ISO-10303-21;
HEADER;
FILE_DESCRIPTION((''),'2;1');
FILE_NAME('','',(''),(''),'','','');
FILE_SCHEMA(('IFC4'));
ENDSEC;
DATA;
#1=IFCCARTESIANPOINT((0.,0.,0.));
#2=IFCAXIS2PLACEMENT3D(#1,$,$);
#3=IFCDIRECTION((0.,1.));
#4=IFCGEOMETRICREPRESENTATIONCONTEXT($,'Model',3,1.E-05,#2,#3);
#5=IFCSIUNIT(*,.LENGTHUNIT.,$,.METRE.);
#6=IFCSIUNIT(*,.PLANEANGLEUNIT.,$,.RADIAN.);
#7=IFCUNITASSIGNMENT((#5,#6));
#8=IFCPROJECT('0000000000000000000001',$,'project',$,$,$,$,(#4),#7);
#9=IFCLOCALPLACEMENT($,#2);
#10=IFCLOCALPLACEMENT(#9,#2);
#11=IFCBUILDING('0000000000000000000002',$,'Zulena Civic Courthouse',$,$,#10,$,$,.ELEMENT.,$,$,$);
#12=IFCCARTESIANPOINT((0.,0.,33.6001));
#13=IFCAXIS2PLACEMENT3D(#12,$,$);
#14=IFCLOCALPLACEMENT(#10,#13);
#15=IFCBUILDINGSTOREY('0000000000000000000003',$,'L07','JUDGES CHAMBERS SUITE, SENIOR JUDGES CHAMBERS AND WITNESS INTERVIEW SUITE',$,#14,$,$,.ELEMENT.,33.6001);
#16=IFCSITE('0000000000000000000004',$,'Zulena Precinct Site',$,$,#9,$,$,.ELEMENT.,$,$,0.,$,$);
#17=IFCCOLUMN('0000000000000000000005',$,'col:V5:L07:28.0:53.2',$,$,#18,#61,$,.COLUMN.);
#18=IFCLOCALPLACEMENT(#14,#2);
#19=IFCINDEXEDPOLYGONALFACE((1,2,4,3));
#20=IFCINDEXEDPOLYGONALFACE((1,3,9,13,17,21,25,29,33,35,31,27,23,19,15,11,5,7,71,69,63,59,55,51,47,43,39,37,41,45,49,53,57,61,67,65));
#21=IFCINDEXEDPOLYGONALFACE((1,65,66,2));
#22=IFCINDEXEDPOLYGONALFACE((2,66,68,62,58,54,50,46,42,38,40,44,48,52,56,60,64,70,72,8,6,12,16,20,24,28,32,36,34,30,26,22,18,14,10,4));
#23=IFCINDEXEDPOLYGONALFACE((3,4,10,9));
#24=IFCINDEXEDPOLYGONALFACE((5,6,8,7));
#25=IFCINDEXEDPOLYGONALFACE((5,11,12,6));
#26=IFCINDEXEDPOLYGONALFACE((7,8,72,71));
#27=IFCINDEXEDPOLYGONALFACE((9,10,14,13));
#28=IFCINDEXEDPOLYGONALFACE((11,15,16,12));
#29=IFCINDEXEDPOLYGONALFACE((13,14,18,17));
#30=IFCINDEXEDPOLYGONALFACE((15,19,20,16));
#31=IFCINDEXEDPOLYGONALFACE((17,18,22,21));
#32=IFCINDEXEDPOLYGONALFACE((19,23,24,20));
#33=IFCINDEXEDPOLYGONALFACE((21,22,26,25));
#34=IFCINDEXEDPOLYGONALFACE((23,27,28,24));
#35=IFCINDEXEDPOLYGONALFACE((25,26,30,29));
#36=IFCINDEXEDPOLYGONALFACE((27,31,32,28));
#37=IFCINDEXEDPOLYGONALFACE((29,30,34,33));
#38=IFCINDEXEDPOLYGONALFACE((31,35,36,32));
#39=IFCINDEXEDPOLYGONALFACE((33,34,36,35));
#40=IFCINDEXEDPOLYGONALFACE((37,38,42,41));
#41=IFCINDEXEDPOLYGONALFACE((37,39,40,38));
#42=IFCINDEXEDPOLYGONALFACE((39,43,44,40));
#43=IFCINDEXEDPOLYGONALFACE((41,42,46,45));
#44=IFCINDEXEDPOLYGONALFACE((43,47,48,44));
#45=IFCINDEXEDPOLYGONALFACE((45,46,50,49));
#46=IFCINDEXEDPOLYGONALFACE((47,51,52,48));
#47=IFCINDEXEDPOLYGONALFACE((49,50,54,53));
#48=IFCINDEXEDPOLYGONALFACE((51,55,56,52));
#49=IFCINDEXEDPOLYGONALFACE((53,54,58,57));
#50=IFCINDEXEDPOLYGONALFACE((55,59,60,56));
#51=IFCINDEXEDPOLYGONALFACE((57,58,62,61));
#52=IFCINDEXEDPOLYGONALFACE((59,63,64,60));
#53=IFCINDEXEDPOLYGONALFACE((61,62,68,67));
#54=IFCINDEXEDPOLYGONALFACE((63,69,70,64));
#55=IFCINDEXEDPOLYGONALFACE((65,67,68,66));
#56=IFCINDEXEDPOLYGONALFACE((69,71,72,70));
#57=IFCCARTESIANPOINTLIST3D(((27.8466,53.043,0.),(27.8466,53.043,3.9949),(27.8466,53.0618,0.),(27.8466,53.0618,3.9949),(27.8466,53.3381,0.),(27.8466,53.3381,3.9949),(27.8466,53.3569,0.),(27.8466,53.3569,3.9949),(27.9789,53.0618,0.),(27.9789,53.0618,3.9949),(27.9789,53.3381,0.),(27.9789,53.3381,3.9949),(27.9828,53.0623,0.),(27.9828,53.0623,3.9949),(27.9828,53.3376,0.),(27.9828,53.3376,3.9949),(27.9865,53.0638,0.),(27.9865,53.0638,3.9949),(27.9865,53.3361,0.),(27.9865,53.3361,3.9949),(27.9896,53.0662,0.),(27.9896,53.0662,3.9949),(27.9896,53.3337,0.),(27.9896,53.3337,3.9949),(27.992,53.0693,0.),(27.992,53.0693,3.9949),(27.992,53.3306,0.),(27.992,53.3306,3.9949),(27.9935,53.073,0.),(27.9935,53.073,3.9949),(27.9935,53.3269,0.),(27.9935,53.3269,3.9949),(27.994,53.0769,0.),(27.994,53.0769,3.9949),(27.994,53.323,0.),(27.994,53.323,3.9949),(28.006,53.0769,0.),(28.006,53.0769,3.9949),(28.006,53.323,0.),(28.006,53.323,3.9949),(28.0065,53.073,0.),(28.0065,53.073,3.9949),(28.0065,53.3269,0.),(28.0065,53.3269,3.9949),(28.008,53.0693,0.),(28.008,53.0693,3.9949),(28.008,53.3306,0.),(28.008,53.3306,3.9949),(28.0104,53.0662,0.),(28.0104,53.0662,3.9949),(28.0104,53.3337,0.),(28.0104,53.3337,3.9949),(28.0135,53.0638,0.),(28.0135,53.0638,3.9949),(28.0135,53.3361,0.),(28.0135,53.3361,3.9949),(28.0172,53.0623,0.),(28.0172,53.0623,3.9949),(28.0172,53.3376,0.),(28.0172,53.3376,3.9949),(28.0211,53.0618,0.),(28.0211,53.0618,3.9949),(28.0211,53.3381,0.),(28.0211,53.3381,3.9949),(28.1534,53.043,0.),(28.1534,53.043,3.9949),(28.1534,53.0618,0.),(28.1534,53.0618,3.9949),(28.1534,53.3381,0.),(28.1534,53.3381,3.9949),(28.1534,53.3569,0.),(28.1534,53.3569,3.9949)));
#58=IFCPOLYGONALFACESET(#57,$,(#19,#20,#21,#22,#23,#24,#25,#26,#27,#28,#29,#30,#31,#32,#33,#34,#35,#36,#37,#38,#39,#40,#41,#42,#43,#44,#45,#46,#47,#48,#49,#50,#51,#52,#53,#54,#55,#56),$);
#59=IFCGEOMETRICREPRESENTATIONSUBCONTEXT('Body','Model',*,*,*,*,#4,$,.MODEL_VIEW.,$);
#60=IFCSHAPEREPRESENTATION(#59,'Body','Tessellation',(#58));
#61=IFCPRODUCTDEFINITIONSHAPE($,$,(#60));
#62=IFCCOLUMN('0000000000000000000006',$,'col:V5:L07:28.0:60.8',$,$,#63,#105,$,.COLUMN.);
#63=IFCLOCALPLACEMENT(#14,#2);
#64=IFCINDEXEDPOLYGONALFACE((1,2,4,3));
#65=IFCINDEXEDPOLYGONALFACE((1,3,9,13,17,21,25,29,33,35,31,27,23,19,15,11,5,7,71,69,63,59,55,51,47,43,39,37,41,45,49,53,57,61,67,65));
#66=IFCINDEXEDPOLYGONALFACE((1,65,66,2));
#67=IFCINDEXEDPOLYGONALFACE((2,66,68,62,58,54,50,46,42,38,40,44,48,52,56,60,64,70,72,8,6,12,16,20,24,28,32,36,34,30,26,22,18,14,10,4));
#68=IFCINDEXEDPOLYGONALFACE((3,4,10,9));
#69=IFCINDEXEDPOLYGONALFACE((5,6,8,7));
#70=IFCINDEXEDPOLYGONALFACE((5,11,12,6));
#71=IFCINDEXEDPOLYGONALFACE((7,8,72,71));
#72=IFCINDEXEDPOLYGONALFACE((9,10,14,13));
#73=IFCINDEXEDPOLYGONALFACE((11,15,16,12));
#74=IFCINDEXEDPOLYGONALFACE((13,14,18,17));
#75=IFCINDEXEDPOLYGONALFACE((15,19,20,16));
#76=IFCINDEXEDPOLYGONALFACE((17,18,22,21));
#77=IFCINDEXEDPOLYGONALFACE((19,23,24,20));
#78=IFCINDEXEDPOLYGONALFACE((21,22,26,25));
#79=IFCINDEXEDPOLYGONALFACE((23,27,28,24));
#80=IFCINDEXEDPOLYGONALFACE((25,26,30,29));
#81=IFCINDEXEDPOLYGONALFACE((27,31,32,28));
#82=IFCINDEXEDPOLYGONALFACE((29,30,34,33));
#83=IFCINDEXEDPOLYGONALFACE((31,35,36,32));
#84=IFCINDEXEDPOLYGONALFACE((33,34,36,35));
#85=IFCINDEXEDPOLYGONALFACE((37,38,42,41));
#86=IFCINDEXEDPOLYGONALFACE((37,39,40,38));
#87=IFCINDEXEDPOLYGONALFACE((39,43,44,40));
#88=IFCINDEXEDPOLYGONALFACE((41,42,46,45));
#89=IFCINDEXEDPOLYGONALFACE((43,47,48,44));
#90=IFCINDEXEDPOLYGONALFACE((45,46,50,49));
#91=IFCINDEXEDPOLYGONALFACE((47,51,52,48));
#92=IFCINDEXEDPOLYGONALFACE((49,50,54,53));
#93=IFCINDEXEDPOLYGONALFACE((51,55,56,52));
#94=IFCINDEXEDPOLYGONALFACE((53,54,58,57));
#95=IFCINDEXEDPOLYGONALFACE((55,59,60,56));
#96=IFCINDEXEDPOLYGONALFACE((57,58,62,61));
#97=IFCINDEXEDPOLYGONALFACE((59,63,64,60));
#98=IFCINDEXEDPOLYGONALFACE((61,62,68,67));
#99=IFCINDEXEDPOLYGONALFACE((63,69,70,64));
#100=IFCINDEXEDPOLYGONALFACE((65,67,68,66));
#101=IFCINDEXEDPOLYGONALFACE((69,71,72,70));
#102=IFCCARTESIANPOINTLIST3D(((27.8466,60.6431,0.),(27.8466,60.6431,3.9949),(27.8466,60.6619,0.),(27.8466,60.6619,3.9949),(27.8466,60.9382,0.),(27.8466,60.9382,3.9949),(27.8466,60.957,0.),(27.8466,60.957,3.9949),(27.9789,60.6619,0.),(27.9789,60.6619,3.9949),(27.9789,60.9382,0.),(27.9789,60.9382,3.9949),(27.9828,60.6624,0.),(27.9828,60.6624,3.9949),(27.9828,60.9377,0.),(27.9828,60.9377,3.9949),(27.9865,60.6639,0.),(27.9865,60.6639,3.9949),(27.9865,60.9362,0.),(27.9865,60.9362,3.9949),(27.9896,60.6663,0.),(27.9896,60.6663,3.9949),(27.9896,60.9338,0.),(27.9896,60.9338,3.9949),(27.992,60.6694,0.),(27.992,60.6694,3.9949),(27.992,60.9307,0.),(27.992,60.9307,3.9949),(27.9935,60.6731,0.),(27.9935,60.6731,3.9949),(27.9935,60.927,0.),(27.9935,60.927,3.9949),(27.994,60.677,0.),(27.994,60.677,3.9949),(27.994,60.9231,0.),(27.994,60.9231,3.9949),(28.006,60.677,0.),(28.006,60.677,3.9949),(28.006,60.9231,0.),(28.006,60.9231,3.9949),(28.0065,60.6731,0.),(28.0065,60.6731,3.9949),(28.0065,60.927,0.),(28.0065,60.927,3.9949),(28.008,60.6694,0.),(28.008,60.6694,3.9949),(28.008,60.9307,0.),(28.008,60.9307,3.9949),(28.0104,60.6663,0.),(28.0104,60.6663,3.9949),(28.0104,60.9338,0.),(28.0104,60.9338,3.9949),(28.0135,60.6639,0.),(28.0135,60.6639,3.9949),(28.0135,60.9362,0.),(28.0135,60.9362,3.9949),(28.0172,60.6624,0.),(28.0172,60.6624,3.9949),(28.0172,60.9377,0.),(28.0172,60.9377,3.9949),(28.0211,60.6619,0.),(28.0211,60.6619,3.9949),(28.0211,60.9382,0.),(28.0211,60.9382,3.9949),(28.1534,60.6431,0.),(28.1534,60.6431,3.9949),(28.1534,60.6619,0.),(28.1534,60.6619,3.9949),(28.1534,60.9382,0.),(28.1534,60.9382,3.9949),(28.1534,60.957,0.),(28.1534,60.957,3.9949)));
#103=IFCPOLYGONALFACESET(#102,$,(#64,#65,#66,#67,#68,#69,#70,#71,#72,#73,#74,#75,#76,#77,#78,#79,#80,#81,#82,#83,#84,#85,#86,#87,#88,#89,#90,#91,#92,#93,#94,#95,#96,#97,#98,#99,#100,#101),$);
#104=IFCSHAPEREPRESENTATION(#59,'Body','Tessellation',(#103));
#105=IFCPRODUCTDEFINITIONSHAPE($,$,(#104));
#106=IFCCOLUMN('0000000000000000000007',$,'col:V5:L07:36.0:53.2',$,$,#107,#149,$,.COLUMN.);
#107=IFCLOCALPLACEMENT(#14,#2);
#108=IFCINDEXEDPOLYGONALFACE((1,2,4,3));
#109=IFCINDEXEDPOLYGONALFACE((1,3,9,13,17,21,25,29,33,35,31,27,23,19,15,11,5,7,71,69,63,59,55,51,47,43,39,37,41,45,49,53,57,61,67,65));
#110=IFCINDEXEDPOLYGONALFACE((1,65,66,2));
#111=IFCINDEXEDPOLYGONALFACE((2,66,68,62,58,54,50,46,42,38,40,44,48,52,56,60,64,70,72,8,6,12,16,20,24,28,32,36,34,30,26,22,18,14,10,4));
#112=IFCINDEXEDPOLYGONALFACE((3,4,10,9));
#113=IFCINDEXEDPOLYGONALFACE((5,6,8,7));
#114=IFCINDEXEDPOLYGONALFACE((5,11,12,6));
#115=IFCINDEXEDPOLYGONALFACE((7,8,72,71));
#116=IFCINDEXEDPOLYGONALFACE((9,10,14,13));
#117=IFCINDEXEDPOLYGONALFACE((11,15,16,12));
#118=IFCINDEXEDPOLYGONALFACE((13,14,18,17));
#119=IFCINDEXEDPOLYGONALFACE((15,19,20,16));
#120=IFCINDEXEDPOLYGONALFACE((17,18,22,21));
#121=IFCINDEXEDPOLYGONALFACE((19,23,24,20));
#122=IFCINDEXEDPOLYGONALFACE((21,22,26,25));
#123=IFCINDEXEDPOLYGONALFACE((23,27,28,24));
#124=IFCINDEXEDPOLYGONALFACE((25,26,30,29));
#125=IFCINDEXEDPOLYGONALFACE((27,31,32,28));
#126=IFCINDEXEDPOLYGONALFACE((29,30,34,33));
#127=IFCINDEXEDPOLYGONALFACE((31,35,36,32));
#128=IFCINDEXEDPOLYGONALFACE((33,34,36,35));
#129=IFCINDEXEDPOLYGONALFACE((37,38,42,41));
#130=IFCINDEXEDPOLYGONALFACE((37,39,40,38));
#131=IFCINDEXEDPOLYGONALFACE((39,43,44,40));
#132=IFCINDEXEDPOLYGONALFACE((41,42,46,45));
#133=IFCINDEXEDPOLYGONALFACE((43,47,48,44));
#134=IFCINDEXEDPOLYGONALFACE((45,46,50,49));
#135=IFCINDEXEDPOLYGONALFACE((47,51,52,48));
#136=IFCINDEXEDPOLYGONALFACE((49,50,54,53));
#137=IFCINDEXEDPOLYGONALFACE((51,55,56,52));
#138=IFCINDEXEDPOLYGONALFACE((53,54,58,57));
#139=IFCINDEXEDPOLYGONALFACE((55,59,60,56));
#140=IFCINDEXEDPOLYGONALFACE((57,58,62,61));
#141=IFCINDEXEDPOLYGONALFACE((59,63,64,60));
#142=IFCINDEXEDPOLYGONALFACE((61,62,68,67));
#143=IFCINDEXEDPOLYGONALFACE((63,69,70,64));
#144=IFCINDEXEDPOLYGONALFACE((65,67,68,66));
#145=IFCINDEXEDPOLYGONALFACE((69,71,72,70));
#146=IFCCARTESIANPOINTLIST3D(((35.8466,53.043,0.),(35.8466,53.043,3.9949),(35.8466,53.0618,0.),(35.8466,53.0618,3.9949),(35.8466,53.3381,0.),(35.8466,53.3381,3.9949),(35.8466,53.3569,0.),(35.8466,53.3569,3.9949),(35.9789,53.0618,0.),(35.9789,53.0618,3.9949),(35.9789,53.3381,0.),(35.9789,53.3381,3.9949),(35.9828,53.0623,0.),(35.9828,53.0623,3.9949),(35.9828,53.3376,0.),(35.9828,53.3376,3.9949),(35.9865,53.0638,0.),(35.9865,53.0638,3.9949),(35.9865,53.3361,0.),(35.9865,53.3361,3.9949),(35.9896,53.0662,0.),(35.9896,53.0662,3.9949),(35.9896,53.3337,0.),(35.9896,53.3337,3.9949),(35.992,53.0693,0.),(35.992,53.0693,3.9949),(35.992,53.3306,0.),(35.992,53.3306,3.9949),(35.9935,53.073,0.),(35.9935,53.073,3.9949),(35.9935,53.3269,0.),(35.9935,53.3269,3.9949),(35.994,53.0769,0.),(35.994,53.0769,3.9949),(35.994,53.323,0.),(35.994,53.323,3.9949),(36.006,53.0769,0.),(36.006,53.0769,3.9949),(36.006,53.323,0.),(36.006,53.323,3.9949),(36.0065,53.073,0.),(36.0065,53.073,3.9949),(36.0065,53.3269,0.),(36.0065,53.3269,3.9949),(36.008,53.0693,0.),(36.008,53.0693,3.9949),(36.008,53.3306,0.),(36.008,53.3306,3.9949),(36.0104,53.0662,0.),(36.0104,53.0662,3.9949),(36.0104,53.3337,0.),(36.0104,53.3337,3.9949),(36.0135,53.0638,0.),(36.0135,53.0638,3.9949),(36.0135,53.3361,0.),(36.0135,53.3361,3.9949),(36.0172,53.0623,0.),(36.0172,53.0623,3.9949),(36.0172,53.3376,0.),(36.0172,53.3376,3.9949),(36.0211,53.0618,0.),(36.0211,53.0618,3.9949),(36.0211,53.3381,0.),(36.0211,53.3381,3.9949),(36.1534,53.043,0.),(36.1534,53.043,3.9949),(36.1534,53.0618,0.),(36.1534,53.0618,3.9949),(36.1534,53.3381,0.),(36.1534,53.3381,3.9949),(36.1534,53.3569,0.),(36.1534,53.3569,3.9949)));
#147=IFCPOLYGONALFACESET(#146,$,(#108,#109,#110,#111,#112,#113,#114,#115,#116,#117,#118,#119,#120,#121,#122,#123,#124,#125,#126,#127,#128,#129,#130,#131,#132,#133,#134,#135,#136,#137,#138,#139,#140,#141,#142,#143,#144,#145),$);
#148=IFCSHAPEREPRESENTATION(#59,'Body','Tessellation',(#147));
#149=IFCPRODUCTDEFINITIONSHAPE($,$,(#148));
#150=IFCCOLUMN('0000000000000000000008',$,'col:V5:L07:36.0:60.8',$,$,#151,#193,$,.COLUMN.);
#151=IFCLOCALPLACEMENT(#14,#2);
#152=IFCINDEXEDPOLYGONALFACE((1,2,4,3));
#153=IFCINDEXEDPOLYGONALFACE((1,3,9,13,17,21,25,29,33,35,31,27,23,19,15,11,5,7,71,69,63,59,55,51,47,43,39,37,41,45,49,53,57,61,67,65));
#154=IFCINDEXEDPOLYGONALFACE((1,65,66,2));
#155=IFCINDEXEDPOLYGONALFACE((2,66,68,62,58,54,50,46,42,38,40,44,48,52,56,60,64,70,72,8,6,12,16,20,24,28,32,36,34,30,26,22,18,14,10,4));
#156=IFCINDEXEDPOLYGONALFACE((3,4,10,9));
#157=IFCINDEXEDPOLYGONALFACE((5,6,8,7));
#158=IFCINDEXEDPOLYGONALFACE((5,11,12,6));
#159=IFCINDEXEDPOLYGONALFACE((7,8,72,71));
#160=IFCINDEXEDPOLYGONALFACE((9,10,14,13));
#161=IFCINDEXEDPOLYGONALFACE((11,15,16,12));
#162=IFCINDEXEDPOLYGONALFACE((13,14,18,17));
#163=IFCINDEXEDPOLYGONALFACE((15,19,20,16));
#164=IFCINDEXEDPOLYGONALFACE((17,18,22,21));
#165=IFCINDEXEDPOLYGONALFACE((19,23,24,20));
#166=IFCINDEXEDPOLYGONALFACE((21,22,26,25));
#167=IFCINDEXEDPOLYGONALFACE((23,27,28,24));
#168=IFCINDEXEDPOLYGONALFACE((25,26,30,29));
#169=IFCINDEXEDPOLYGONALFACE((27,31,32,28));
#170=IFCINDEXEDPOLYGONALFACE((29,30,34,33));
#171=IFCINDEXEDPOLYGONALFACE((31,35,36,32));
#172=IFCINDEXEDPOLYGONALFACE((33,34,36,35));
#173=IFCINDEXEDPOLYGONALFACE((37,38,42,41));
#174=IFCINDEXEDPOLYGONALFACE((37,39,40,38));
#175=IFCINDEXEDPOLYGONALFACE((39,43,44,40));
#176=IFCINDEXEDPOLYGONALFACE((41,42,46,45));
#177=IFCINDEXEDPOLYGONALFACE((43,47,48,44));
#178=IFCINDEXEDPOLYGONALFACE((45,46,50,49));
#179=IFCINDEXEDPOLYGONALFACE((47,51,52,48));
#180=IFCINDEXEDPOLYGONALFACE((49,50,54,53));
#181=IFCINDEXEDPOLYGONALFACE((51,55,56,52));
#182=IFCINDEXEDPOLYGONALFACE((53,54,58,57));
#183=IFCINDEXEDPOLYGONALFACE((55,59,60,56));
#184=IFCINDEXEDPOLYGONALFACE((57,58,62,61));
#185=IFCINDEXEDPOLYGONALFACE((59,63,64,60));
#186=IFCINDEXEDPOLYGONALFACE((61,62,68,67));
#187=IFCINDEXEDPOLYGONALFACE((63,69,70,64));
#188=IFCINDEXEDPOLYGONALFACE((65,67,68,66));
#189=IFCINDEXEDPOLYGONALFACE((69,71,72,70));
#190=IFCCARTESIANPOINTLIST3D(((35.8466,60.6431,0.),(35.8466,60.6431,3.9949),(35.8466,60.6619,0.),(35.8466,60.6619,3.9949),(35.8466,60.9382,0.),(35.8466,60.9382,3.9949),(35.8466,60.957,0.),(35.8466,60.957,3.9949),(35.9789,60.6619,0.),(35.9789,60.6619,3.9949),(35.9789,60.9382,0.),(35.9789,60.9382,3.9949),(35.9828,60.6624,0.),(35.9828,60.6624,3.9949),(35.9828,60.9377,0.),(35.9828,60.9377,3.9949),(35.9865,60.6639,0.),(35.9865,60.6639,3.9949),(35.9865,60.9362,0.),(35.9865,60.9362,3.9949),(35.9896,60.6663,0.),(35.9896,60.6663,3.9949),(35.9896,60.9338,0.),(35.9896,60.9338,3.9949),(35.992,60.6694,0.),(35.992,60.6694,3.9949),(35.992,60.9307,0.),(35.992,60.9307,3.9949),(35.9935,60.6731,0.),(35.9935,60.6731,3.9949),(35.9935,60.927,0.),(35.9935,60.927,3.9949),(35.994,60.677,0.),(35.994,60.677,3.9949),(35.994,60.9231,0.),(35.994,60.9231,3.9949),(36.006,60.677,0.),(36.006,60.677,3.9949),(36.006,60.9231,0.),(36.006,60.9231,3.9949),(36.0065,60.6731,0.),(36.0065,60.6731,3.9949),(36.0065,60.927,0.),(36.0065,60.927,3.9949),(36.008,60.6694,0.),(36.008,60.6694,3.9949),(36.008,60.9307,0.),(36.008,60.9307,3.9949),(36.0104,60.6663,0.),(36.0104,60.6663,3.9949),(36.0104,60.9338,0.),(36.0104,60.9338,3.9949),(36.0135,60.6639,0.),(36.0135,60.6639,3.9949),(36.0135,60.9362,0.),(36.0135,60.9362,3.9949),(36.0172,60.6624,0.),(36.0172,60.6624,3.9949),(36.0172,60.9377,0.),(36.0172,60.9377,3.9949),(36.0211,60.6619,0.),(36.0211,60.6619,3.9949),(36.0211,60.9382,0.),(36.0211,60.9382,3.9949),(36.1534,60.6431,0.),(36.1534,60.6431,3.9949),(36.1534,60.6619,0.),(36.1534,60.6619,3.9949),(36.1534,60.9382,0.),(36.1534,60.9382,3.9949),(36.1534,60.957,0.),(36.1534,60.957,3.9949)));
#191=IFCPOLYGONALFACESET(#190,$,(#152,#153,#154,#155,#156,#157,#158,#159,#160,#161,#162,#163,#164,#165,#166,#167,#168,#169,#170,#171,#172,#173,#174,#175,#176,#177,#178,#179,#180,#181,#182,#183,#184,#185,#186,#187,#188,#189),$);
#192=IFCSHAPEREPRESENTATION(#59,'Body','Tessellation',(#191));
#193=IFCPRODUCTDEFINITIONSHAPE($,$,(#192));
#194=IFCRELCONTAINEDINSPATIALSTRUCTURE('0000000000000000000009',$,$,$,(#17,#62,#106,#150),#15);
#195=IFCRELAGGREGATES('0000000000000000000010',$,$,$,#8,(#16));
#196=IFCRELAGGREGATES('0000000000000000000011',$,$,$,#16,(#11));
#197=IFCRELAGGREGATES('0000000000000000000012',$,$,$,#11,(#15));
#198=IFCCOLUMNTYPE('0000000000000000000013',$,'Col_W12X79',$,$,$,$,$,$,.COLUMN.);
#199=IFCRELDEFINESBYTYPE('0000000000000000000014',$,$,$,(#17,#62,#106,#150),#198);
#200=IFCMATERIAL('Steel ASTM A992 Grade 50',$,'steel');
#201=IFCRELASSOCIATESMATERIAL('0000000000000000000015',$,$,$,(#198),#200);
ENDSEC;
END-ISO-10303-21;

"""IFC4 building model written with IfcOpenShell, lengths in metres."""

from ifc_helpers import new_model, si_unit, direction, frame, origin, origin_2d, place, context, subcontext, project, spatial, i_section, extrude, material, material_profile, profile_set, type_object, element, save


model = new_model("IFC4")

# Units and contexts
model_context = context("Model", 3, precision=1e-05, world=origin(), true_north=direction((0.0, 1.0)))
body_context = subcontext(model_context, "Body", "Model", "MODEL_VIEW")
ifc_project = project(units=[si_unit("LENGTHUNIT", "METRE"), si_unit("PLANEANGLEUNIT", "RADIAN")], contexts=[model_context])

# Site, building, storey
site_placement = place(None, origin())
site = spatial("IfcSite", under=ifc_project, at=site_placement, Name="Zulena Precinct Site", CompositionType="ELEMENT", RefElevation=0.0)
building_placement = place(site_placement, origin())
building = spatial("IfcBuilding", under=site, at=building_placement, Name="Zulena Civic Courthouse", CompositionType="ELEMENT")
storey_placement = place(building_placement, frame((0.0, 0.0, 33.6001)))
storey = spatial("IfcBuildingStorey", under=building, at=storey_placement, Name="L07", Description="JUDGES CHAMBERS SUITE, SENIOR JUDGES CHAMBERS AND WITNESS INTERVIEW SUITE", CompositionType="ELEMENT", Elevation=33.6001)

# Columns
ifc_material_1 = material(Name="Steel ASTM A992 Grade 50", Category="steel")
ifc_material_profile_1 = material_profile(ifc_material_1, i_section(OverallWidth=0.3069, OverallDepth=0.314, WebThickness=0.012, FlangeThickness=0.0188, FilletRadius=0.0151, at=origin_2d()), Name="W12X79")
ifc_profile_set_1 = profile_set([ifc_material_profile_1], Name="Steel ASTM A992 Grade 50")
column_type = type_object("IfcColumnType", Name="Col_W12X79", PredefinedType="COLUMN", material=ifc_profile_set_1)
for number, where, z_axis, x_axis, name in (
    (1, (28.0, 53.2, 0.0), (0.0, 0.0, 1.0), (1.0, 0.0, 0.0), "col:V5:L07:28.0:53.2"),
    (2, (28.0, 60.8, 0.0), (0.0, 0.0, 1.0), (1.0, 0.0, 0.0), "col:V5:L07:28.0:60.8"),
    (3, (36.0, 53.2, 0.0), (0.0, 0.0, 1.0), (1.0, 0.0, 0.0), "col:V5:L07:36.0:53.2"),
    (4, (36.0, 60.8, 0.0), (0.0, 0.0, 1.0), (1.0, 0.0, 0.0), "col:V5:L07:36.0:60.8"),
):
    element("IfcColumn", number, at=place(storey_placement, frame(where, z_axis=z_axis, x_axis=x_axis)), inside=storey, type_object=column_type, Name=name, PredefinedType="COLUMN", context=body_context, shape_type="SweptSolid", body=[
        extrude(i_section(OverallWidth=0.3069, OverallDepth=0.314, WebThickness=0.012, FlangeThickness=0.0188, FilletRadius=0.0151, at=origin_2d()), origin(), (0.0, 0.0, 1.0), 3.9949),
    ])

save(model, "model.ifc")
